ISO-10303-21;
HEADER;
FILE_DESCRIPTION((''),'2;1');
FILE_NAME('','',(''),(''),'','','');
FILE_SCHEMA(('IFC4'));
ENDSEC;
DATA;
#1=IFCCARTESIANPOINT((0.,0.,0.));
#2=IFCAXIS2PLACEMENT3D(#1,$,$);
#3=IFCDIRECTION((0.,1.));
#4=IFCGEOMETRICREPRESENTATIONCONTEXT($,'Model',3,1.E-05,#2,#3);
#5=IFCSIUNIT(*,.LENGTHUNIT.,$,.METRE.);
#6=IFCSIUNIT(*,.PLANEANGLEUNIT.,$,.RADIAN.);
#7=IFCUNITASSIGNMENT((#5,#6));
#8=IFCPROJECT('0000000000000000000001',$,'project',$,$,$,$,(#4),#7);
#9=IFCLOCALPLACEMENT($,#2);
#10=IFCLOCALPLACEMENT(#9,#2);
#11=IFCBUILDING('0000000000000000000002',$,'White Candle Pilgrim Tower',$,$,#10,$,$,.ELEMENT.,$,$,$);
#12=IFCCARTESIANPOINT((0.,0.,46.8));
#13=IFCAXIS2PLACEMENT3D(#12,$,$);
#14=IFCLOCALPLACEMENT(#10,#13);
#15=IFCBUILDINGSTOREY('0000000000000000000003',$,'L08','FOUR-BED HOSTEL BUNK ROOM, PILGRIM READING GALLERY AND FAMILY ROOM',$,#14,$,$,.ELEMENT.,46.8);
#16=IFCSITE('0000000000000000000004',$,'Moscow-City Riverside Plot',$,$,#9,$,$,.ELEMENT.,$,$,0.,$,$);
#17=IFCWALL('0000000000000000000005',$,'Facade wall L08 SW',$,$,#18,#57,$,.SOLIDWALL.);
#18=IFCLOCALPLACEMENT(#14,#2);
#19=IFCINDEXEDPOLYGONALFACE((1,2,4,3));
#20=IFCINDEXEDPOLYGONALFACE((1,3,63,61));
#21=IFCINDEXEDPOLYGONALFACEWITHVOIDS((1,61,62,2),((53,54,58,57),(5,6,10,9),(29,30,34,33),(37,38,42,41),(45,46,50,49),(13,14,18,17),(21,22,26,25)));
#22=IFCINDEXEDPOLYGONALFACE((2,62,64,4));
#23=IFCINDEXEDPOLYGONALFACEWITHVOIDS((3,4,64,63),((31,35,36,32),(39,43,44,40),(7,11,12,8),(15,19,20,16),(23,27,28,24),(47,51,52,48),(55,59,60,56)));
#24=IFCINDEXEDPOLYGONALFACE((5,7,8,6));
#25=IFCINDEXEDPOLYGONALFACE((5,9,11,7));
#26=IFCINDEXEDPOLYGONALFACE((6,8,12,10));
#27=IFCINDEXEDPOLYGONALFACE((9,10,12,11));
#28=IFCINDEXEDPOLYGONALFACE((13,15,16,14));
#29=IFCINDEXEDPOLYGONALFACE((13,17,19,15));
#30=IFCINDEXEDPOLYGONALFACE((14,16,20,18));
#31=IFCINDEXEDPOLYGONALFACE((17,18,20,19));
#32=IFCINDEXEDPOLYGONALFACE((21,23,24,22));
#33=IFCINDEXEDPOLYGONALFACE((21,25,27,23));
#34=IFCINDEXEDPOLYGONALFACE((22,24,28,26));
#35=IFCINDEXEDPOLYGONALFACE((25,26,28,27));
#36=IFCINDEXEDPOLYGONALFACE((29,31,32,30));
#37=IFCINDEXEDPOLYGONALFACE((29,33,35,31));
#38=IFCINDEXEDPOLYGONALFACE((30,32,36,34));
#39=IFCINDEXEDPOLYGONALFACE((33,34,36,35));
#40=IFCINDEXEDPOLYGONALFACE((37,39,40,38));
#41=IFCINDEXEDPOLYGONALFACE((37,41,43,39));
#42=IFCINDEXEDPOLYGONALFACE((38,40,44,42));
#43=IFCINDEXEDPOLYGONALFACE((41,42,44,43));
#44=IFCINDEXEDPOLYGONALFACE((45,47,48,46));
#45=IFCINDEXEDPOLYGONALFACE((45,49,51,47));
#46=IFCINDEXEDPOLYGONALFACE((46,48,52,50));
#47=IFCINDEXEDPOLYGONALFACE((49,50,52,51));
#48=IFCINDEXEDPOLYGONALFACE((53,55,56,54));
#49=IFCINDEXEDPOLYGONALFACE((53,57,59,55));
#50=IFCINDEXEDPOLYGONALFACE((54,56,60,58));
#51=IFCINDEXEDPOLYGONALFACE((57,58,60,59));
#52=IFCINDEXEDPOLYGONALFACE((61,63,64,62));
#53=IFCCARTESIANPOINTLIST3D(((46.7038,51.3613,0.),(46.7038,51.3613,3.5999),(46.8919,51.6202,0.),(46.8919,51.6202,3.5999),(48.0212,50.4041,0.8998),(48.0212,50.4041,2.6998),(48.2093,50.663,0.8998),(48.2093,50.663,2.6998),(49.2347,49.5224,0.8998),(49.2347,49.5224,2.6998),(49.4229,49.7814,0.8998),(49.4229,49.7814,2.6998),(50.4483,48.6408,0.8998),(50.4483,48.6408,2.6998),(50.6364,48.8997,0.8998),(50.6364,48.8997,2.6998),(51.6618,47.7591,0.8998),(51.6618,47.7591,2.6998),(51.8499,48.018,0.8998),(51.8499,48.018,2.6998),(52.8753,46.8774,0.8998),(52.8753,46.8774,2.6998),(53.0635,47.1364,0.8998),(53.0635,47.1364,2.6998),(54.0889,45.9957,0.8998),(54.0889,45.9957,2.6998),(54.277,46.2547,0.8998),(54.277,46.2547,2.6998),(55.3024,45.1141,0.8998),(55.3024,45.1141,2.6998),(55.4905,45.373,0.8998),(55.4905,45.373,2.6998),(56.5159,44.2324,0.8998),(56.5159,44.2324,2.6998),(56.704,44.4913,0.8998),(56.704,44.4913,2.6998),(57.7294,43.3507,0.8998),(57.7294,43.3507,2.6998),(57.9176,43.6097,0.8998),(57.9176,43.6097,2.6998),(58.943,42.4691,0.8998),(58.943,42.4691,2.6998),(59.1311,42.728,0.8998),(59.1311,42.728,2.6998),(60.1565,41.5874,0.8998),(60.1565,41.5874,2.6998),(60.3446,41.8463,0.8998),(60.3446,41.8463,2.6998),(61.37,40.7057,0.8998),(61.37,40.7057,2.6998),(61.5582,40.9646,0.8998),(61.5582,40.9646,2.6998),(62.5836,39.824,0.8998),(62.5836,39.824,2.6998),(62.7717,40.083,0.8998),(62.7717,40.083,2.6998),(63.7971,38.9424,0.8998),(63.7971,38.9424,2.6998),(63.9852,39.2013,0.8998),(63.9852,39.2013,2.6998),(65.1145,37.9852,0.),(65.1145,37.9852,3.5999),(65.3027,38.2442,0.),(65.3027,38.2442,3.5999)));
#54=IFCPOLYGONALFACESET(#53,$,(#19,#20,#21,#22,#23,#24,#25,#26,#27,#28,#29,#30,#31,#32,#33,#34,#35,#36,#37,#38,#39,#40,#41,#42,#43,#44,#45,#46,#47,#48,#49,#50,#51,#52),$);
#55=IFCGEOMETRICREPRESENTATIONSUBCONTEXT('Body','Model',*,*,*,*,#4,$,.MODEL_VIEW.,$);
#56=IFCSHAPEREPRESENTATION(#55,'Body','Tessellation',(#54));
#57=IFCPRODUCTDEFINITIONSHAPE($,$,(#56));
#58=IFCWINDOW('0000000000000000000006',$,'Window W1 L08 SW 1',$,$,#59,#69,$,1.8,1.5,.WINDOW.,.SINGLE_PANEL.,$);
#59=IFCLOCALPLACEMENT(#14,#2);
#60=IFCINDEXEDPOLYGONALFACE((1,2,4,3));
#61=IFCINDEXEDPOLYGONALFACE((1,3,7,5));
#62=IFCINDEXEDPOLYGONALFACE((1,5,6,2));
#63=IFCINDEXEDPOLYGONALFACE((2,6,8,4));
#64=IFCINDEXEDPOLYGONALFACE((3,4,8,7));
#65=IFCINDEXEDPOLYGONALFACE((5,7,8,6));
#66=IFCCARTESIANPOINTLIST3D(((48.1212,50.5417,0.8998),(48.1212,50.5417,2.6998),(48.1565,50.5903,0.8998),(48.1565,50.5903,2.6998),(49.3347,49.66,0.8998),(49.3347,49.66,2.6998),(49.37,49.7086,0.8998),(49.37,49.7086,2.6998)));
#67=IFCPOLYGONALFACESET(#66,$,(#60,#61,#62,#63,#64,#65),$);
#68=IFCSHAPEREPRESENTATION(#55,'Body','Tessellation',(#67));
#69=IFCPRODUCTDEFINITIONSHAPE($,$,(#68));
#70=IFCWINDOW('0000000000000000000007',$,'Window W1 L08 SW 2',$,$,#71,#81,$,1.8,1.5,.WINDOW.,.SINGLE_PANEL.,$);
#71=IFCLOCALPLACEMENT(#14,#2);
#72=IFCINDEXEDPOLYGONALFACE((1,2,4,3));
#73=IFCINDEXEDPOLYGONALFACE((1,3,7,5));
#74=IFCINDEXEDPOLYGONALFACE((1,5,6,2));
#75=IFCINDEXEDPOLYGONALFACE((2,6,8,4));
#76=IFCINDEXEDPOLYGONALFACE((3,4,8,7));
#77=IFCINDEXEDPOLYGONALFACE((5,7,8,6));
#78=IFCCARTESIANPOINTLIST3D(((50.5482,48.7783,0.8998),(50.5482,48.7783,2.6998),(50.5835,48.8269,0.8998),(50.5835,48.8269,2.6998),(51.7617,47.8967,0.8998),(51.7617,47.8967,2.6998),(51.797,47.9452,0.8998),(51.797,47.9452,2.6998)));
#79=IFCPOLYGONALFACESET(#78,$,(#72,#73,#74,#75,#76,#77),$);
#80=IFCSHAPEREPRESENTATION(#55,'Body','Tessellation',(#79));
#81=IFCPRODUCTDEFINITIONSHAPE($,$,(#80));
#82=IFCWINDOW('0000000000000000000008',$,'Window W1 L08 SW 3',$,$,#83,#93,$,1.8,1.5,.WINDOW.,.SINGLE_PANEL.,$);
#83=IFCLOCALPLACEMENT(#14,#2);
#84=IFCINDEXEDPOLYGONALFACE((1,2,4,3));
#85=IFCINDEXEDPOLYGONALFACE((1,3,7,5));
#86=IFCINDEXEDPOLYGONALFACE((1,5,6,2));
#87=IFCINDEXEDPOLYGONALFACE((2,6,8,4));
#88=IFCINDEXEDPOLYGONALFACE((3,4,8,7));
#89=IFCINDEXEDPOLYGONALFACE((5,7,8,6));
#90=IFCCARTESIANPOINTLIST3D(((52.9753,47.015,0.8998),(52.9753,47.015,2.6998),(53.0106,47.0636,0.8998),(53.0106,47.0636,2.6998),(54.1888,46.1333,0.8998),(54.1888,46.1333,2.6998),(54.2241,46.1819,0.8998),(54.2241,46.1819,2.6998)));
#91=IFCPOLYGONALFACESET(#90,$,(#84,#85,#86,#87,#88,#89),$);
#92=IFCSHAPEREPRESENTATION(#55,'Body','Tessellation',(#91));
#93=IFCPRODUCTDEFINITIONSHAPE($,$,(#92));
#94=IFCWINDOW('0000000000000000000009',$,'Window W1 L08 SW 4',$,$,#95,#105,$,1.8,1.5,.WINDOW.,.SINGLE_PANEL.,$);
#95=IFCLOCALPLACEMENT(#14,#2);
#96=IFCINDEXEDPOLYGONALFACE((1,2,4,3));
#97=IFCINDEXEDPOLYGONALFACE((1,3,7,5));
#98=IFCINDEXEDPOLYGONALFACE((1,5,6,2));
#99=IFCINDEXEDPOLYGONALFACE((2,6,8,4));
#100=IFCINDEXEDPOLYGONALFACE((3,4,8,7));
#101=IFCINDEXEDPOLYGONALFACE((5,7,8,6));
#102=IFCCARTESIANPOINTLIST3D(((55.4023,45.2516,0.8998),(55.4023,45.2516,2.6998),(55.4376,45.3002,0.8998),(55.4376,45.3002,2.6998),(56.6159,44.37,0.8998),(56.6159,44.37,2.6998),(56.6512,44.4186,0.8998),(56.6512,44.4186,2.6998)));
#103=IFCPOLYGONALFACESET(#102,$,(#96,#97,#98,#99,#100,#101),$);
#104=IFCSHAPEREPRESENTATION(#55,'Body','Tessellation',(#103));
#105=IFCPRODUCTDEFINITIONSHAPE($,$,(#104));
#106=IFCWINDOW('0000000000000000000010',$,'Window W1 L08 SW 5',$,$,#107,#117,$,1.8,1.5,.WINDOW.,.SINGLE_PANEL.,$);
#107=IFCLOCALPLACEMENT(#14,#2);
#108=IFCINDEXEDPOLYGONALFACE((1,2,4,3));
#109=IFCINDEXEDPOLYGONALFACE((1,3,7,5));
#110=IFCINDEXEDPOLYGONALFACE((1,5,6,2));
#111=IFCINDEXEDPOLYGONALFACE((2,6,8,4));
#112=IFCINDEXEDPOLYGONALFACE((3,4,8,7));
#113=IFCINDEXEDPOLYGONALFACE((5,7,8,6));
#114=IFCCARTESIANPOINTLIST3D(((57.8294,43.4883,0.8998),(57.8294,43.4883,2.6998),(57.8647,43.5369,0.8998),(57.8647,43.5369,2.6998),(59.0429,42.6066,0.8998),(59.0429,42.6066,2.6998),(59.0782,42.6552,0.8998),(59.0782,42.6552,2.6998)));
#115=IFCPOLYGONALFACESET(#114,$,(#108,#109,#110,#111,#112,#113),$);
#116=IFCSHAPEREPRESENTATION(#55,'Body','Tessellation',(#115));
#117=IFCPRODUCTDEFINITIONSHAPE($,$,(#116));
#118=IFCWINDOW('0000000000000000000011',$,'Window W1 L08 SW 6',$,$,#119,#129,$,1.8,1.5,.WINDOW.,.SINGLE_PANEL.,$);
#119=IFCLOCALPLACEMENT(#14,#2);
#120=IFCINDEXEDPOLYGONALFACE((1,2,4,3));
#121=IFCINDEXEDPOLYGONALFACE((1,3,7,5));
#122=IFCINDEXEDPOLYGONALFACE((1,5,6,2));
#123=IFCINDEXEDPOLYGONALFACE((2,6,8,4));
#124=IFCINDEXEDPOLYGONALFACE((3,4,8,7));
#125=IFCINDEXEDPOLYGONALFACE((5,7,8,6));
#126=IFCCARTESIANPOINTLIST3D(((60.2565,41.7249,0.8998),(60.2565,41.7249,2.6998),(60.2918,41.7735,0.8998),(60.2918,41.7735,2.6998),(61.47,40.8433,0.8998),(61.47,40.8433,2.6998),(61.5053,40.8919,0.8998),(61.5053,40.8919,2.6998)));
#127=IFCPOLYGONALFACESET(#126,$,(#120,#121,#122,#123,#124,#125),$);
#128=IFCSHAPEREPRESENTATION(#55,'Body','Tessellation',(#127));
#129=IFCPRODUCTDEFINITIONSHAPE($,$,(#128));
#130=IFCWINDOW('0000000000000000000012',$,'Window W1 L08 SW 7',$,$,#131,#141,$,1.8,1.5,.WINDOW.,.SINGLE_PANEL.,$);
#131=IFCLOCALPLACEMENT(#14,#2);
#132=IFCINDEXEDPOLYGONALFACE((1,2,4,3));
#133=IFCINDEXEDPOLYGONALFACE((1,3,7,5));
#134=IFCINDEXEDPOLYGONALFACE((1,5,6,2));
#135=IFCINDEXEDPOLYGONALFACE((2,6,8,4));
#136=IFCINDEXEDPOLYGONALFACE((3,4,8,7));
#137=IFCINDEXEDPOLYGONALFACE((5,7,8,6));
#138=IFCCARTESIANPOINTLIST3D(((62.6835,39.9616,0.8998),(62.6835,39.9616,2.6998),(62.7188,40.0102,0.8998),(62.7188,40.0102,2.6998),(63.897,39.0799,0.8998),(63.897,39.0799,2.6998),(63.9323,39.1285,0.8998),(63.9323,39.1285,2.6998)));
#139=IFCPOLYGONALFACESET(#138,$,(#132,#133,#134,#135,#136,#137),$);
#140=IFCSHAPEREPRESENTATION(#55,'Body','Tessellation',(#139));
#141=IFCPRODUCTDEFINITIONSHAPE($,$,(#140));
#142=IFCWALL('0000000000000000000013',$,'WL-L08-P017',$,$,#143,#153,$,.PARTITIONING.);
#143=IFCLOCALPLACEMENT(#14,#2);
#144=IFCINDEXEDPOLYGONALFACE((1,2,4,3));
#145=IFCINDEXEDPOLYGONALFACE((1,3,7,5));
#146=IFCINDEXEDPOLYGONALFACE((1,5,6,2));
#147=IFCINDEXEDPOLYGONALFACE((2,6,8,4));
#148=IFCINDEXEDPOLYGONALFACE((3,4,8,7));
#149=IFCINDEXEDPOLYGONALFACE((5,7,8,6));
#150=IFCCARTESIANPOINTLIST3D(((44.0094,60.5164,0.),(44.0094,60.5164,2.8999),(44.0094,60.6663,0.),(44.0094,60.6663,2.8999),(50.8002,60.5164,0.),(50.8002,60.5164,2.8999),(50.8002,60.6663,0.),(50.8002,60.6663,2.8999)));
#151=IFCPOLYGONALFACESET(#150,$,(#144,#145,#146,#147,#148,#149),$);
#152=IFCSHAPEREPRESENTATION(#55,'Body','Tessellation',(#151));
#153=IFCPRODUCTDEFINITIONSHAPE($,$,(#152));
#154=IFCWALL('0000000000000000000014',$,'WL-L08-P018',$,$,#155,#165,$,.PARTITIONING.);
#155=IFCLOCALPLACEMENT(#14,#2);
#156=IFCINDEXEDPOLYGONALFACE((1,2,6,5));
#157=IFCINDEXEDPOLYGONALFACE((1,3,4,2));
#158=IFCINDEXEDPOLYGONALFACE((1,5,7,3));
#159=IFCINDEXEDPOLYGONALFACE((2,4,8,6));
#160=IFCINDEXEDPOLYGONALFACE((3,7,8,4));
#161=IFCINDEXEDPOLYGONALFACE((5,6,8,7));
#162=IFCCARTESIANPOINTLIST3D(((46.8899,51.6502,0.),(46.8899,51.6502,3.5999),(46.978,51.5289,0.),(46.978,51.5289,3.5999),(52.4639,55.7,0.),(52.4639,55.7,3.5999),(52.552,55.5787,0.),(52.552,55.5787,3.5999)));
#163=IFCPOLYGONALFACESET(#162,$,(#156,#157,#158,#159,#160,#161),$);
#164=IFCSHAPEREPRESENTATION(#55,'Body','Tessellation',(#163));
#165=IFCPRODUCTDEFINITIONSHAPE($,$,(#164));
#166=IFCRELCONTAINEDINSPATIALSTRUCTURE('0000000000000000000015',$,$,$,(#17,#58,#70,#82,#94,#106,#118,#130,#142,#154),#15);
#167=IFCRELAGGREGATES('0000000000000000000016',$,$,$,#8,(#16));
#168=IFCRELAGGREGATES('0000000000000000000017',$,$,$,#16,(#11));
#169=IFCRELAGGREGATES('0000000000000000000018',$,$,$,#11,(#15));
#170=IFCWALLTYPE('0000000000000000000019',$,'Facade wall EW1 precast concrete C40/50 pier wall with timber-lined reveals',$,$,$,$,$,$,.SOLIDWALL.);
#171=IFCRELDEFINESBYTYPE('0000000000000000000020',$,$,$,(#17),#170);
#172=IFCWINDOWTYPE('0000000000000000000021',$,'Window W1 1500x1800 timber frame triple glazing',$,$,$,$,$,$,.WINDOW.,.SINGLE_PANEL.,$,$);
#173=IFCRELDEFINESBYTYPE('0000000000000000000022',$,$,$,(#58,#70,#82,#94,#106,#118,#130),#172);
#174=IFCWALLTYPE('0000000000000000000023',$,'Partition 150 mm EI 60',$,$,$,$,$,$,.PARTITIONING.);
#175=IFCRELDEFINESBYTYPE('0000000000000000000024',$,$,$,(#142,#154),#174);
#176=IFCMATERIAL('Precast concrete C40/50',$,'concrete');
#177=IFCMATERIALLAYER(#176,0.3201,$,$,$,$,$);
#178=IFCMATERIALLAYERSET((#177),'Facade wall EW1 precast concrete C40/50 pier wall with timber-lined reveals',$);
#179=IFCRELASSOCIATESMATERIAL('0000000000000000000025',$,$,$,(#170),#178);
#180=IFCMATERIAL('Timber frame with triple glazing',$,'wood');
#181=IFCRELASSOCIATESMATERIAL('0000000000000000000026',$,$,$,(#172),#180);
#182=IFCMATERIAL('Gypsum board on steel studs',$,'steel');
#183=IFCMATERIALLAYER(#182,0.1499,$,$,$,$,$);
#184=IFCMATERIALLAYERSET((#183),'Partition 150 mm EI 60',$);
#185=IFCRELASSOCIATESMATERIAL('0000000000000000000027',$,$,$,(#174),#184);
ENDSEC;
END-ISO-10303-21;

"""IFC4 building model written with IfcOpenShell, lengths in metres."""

from ifc_helpers import new_model, si_unit, direction, frame, frame_2d, origin, place, context, subcontext, project, spatial, rectangle, extrude, material, layer, layer_set, type_object, element, fill, save


model = new_model("IFC4")

# Units and contexts
model_context = context("Model", 3, precision=1e-05, world=origin(), true_north=direction((0.0, 1.0)))
body_context = subcontext(model_context, "Body", "Model", "MODEL_VIEW")
ifc_project = project(units=[si_unit("LENGTHUNIT", "METRE"), si_unit("PLANEANGLEUNIT", "RADIAN")], contexts=[model_context])

# Site, building, storey
site_placement = place(None, origin())
site = spatial("IfcSite", under=ifc_project, at=site_placement, Name="Moscow-City Riverside Plot", CompositionType="ELEMENT", RefElevation=0.0)
building_placement = place(site_placement, origin())
building = spatial("IfcBuilding", under=site, at=building_placement, Name="White Candle Pilgrim Tower", CompositionType="ELEMENT")
storey_placement = place(building_placement, frame((0.0, 0.0, 46.8)))
storey = spatial("IfcBuildingStorey", under=building, at=storey_placement, Name="L08", Description="FOUR-BED HOSTEL BUNK ROOM, PILGRIM READING GALLERY AND FAMILY ROOM", CompositionType="ELEMENT", Elevation=46.8)

# Shared definitions
ifc_material_1 = material(Name="Gypsum board on steel studs", Category="steel")

# Wall, openings, windows
ifc_material_2 = material(Name="Precast concrete C40/50", Category="concrete")
ifc_layer_1 = layer(ifc_material_2, 0.3201)
ifc_layer_set_1 = layer_set([ifc_layer_1], Name="Facade wall EW1 precast concrete C40/50 pier wall with timber-lined reveals")
wall_type_1 = type_object("IfcWallType", Name="Facade wall EW1 precast concrete C40/50 pier wall with timber-lined reveals", PredefinedType="SOLIDWALL", material=ifc_layer_set_1)
ifc_material_3 = material(Name="Timber frame with triple glazing", Category="wood")
wall_1_placement = place(storey_placement, frame((46.7979, 51.4907, 0.0), z_axis=(0.0, 0.0, 1.0), x_axis=(0.80902, -0.587781, 0.0)))
wall_1 = element("IfcWall", 1, at=wall_1_placement, inside=storey, type_object=wall_type_1, Name="Facade wall L08 SW", PredefinedType="SOLIDWALL", context=body_context, shape_type="SweptSolid", body=[
    extrude(rectangle(XDim=22.7568, YDim=0.3201, at=frame_2d((11.3784, 0.0))), origin(), (0.0, 0.0, 1.0), 3.5999),
])
opening_1_placement = place(wall_1_placement, frame((1.6284, 0.0, 0.8999)))
opening_1 = element("IfcOpeningElement", 2, at=opening_1_placement, cuts=wall_1, PredefinedType="OPENING", context=body_context, shape_type="SweptSolid", body=[
    extrude(rectangle(XDim=1.5, YDim=1.8, at=frame_2d((0.75, 0.8999))), frame((0.0, 0.1699, 0.0), z_axis=(0.0, -1.0, 0.0), x_axis=(1.0, 0.0, 0.0)), (0.0, 0.0, 1.0), 0.3401),
])
opening_2_placement = place(wall_1_placement, frame((4.6284, 0.0, 0.8999)))
opening_2 = element("IfcOpeningElement", 3, at=opening_2_placement, cuts=wall_1, PredefinedType="OPENING", context=body_context, shape_type="SweptSolid", body=[
    extrude(rectangle(XDim=1.5, YDim=1.8, at=frame_2d((0.75, 0.8999))), frame((0.0, 0.1699, 0.0), z_axis=(0.0, -1.0, 0.0), x_axis=(1.0, 0.0, 0.0)), (0.0, 0.0, 1.0), 0.3401),
])
opening_3_placement = place(wall_1_placement, frame((7.6284, 0.0, 0.8999)))
opening_3 = element("IfcOpeningElement", 4, at=opening_3_placement, cuts=wall_1, PredefinedType="OPENING", context=body_context, shape_type="SweptSolid", body=[
    extrude(rectangle(XDim=1.5, YDim=1.8, at=frame_2d((0.75, 0.8999))), frame((0.0, 0.1699, 0.0), z_axis=(0.0, -1.0, 0.0), x_axis=(1.0, 0.0, 0.0)), (0.0, 0.0, 1.0), 0.3401),
])
opening_4_placement = place(wall_1_placement, frame((10.6284, 0.0, 0.8999)))
opening_4 = element("IfcOpeningElement", 5, at=opening_4_placement, cuts=wall_1, PredefinedType="OPENING", context=body_context, shape_type="SweptSolid", body=[
    extrude(rectangle(XDim=1.5, YDim=1.8, at=frame_2d((0.75, 0.8999))), frame((0.0, 0.1699, 0.0), z_axis=(0.0, -1.0, 0.0), x_axis=(1.0, 0.0, 0.0)), (0.0, 0.0, 1.0), 0.3401),
])
opening_5_placement = place(wall_1_placement, frame((13.6284, 0.0, 0.8999)))
opening_5 = element("IfcOpeningElement", 6, at=opening_5_placement, cuts=wall_1, PredefinedType="OPENING", context=body_context, shape_type="SweptSolid", body=[
    extrude(rectangle(XDim=1.5, YDim=1.8, at=frame_2d((0.75, 0.8999))), frame((0.0, 0.1699, 0.0), z_axis=(0.0, -1.0, 0.0), x_axis=(1.0, 0.0, 0.0)), (0.0, 0.0, 1.0), 0.3401),
])
opening_6_placement = place(wall_1_placement, frame((16.6284, 0.0, 0.8999)))
opening_6 = element("IfcOpeningElement", 7, at=opening_6_placement, cuts=wall_1, PredefinedType="OPENING", context=body_context, shape_type="SweptSolid", body=[
    extrude(rectangle(XDim=1.5, YDim=1.8, at=frame_2d((0.75, 0.8999))), frame((0.0, 0.1699, 0.0), z_axis=(0.0, -1.0, 0.0), x_axis=(1.0, 0.0, 0.0)), (0.0, 0.0, 1.0), 0.3401),
])
opening_7_placement = place(wall_1_placement, frame((19.6284, 0.0, 0.8999)))
opening_7 = element("IfcOpeningElement", 8, at=opening_7_placement, cuts=wall_1, PredefinedType="OPENING", context=body_context, shape_type="SweptSolid", body=[
    extrude(rectangle(XDim=1.5, YDim=1.8, at=frame_2d((0.75, 0.8999))), frame((0.0, 0.1699, 0.0), z_axis=(0.0, -1.0, 0.0), x_axis=(1.0, 0.0, 0.0)), (0.0, 0.0, 1.0), 0.3401),
])
window_type_1 = type_object("IfcWindowType", Name="Window W1 1500x1800 timber frame triple glazing", PartitioningType="SINGLE_PANEL", PredefinedType="WINDOW", material=ifc_material_3)
window_1_placement = place(opening_1_placement, origin())
window_1 = element("IfcWindow", 9, at=window_1_placement, inside=storey, type_object=window_type_1, Name="Window W1 L08 SW 1", OverallHeight=1.8, OverallWidth=1.5, PartitioningType="SINGLE_PANEL", PredefinedType="WINDOW", context=body_context, shape_type="SweptSolid", body=[
    extrude(rectangle(XDim=1.5, YDim=1.8, at=frame_2d((0.75, 0.8999))), frame((0.0, 0.0701, 0.0), z_axis=(0.0, -1.0, 0.0), x_axis=(1.0, 0.0, 0.0)), (0.0, 0.0, 1.0), 0.0601),
])
fill(opening_1, window_1)
window_2_placement = place(opening_2_placement, origin())
window_2 = element("IfcWindow", 10, at=window_2_placement, inside=storey, type_object=window_type_1, Name="Window W1 L08 SW 2", OverallHeight=1.8, OverallWidth=1.5, PartitioningType="SINGLE_PANEL", PredefinedType="WINDOW", context=body_context, shape_type="SweptSolid", body=[
    extrude(rectangle(XDim=1.5, YDim=1.8, at=frame_2d((0.75, 0.8999))), frame((0.0, 0.0701, 0.0), z_axis=(0.0, -1.0, 0.0), x_axis=(1.0, 0.0, 0.0)), (0.0, 0.0, 1.0), 0.0601),
])
fill(opening_2, window_2)
window_3_placement = place(opening_3_placement, origin())
window_3 = element("IfcWindow", 11, at=window_3_placement, inside=storey, type_object=window_type_1, Name="Window W1 L08 SW 3", OverallHeight=1.8, OverallWidth=1.5, PartitioningType="SINGLE_PANEL", PredefinedType="WINDOW", context=body_context, shape_type="SweptSolid", body=[
    extrude(rectangle(XDim=1.5, YDim=1.8, at=frame_2d((0.75, 0.8999))), frame((0.0, 0.0701, 0.0), z_axis=(0.0, -1.0, 0.0), x_axis=(1.0, 0.0, 0.0)), (0.0, 0.0, 1.0), 0.0601),
])
fill(opening_3, window_3)
window_4_placement = place(opening_4_placement, origin())
window_4 = element("IfcWindow", 12, at=window_4_placement, inside=storey, type_object=window_type_1, Name="Window W1 L08 SW 4", OverallHeight=1.8, OverallWidth=1.5, PartitioningType="SINGLE_PANEL", PredefinedType="WINDOW", context=body_context, shape_type="SweptSolid", body=[
    extrude(rectangle(XDim=1.5, YDim=1.8, at=frame_2d((0.75, 0.8999))), frame((0.0, 0.0701, 0.0), z_axis=(0.0, -1.0, 0.0), x_axis=(1.0, 0.0, 0.0)), (0.0, 0.0, 1.0), 0.0601),
])
fill(opening_4, window_4)
window_5_placement = place(opening_5_placement, origin())
window_5 = element("IfcWindow", 13, at=window_5_placement, inside=storey, type_object=window_type_1, Name="Window W1 L08 SW 5", OverallHeight=1.8, OverallWidth=1.5, PartitioningType="SINGLE_PANEL", PredefinedType="WINDOW", context=body_context, shape_type="SweptSolid", body=[
    extrude(rectangle(XDim=1.5, YDim=1.8, at=frame_2d((0.75, 0.8999))), frame((0.0, 0.0701, 0.0), z_axis=(0.0, -1.0, 0.0), x_axis=(1.0, 0.0, 0.0)), (0.0, 0.0, 1.0), 0.0601),
])
fill(opening_5, window_5)
window_6_placement = place(opening_6_placement, origin())
window_6 = element("IfcWindow", 14, at=window_6_placement, inside=storey, type_object=window_type_1, Name="Window W1 L08 SW 6", OverallHeight=1.8, OverallWidth=1.5, PartitioningType="SINGLE_PANEL", PredefinedType="WINDOW", context=body_context, shape_type="SweptSolid", body=[
    extrude(rectangle(XDim=1.5, YDim=1.8, at=frame_2d((0.75, 0.8999))), frame((0.0, 0.0701, 0.0), z_axis=(0.0, -1.0, 0.0), x_axis=(1.0, 0.0, 0.0)), (0.0, 0.0, 1.0), 0.0601),
])
fill(opening_6, window_6)
window_7_placement = place(opening_7_placement, origin())
window_7 = element("IfcWindow", 15, at=window_7_placement, inside=storey, type_object=window_type_1, Name="Window W1 L08 SW 7", OverallHeight=1.8, OverallWidth=1.5, PartitioningType="SINGLE_PANEL", PredefinedType="WINDOW", context=body_context, shape_type="SweptSolid", body=[
    extrude(rectangle(XDim=1.5, YDim=1.8, at=frame_2d((0.75, 0.8999))), frame((0.0, 0.0701, 0.0), z_axis=(0.0, -1.0, 0.0), x_axis=(1.0, 0.0, 0.0)), (0.0, 0.0, 1.0), 0.0601),
])
fill(opening_7, window_7)

# Walls
ifc_layer_2 = layer(ifc_material_1, 0.1499)
ifc_layer_set_2 = layer_set([ifc_layer_2], Name="Partition 150 mm EI 60")
wall_type_2 = type_object("IfcWallType", Name="Partition 150 mm EI 60", PredefinedType="PARTITIONING", material=ifc_layer_set_2)
wall_2_placement = place(storey_placement, frame((44.0093, 60.5913, 0.0), z_axis=(0.0, 0.0, 1.0), x_axis=(1.0, 0.0, 0.0)))
element("IfcWall", 16, at=wall_2_placement, inside=storey, type_object=wall_type_2, Name="WL-L08-P017", PredefinedType="PARTITIONING", context=body_context, shape_type="SweptSolid", body=[
    extrude(rectangle(XDim=6.7908, YDim=0.1499, at=frame_2d((3.3955, 0.0))), origin(), (0.0, 0.0, 1.0), 2.8999),
])
wall_3_placement = place(storey_placement, frame((46.9341, 51.5896, 0.0), z_axis=(0.0, 0.0, 1.0), x_axis=(0.809012, 0.587792, 0.0)))
element("IfcWall", 17, at=wall_3_placement, inside=storey, type_object=wall_type_2, Name="WL-L08-P018", PredefinedType="PARTITIONING", context=body_context, shape_type="SweptSolid", body=[
    extrude(rectangle(XDim=6.8899, YDim=0.1499, at=frame_2d((3.4448, 0.0))), origin(), (0.0, 0.0, 1.0), 3.5999),
])

save(model, "model.ifc")
